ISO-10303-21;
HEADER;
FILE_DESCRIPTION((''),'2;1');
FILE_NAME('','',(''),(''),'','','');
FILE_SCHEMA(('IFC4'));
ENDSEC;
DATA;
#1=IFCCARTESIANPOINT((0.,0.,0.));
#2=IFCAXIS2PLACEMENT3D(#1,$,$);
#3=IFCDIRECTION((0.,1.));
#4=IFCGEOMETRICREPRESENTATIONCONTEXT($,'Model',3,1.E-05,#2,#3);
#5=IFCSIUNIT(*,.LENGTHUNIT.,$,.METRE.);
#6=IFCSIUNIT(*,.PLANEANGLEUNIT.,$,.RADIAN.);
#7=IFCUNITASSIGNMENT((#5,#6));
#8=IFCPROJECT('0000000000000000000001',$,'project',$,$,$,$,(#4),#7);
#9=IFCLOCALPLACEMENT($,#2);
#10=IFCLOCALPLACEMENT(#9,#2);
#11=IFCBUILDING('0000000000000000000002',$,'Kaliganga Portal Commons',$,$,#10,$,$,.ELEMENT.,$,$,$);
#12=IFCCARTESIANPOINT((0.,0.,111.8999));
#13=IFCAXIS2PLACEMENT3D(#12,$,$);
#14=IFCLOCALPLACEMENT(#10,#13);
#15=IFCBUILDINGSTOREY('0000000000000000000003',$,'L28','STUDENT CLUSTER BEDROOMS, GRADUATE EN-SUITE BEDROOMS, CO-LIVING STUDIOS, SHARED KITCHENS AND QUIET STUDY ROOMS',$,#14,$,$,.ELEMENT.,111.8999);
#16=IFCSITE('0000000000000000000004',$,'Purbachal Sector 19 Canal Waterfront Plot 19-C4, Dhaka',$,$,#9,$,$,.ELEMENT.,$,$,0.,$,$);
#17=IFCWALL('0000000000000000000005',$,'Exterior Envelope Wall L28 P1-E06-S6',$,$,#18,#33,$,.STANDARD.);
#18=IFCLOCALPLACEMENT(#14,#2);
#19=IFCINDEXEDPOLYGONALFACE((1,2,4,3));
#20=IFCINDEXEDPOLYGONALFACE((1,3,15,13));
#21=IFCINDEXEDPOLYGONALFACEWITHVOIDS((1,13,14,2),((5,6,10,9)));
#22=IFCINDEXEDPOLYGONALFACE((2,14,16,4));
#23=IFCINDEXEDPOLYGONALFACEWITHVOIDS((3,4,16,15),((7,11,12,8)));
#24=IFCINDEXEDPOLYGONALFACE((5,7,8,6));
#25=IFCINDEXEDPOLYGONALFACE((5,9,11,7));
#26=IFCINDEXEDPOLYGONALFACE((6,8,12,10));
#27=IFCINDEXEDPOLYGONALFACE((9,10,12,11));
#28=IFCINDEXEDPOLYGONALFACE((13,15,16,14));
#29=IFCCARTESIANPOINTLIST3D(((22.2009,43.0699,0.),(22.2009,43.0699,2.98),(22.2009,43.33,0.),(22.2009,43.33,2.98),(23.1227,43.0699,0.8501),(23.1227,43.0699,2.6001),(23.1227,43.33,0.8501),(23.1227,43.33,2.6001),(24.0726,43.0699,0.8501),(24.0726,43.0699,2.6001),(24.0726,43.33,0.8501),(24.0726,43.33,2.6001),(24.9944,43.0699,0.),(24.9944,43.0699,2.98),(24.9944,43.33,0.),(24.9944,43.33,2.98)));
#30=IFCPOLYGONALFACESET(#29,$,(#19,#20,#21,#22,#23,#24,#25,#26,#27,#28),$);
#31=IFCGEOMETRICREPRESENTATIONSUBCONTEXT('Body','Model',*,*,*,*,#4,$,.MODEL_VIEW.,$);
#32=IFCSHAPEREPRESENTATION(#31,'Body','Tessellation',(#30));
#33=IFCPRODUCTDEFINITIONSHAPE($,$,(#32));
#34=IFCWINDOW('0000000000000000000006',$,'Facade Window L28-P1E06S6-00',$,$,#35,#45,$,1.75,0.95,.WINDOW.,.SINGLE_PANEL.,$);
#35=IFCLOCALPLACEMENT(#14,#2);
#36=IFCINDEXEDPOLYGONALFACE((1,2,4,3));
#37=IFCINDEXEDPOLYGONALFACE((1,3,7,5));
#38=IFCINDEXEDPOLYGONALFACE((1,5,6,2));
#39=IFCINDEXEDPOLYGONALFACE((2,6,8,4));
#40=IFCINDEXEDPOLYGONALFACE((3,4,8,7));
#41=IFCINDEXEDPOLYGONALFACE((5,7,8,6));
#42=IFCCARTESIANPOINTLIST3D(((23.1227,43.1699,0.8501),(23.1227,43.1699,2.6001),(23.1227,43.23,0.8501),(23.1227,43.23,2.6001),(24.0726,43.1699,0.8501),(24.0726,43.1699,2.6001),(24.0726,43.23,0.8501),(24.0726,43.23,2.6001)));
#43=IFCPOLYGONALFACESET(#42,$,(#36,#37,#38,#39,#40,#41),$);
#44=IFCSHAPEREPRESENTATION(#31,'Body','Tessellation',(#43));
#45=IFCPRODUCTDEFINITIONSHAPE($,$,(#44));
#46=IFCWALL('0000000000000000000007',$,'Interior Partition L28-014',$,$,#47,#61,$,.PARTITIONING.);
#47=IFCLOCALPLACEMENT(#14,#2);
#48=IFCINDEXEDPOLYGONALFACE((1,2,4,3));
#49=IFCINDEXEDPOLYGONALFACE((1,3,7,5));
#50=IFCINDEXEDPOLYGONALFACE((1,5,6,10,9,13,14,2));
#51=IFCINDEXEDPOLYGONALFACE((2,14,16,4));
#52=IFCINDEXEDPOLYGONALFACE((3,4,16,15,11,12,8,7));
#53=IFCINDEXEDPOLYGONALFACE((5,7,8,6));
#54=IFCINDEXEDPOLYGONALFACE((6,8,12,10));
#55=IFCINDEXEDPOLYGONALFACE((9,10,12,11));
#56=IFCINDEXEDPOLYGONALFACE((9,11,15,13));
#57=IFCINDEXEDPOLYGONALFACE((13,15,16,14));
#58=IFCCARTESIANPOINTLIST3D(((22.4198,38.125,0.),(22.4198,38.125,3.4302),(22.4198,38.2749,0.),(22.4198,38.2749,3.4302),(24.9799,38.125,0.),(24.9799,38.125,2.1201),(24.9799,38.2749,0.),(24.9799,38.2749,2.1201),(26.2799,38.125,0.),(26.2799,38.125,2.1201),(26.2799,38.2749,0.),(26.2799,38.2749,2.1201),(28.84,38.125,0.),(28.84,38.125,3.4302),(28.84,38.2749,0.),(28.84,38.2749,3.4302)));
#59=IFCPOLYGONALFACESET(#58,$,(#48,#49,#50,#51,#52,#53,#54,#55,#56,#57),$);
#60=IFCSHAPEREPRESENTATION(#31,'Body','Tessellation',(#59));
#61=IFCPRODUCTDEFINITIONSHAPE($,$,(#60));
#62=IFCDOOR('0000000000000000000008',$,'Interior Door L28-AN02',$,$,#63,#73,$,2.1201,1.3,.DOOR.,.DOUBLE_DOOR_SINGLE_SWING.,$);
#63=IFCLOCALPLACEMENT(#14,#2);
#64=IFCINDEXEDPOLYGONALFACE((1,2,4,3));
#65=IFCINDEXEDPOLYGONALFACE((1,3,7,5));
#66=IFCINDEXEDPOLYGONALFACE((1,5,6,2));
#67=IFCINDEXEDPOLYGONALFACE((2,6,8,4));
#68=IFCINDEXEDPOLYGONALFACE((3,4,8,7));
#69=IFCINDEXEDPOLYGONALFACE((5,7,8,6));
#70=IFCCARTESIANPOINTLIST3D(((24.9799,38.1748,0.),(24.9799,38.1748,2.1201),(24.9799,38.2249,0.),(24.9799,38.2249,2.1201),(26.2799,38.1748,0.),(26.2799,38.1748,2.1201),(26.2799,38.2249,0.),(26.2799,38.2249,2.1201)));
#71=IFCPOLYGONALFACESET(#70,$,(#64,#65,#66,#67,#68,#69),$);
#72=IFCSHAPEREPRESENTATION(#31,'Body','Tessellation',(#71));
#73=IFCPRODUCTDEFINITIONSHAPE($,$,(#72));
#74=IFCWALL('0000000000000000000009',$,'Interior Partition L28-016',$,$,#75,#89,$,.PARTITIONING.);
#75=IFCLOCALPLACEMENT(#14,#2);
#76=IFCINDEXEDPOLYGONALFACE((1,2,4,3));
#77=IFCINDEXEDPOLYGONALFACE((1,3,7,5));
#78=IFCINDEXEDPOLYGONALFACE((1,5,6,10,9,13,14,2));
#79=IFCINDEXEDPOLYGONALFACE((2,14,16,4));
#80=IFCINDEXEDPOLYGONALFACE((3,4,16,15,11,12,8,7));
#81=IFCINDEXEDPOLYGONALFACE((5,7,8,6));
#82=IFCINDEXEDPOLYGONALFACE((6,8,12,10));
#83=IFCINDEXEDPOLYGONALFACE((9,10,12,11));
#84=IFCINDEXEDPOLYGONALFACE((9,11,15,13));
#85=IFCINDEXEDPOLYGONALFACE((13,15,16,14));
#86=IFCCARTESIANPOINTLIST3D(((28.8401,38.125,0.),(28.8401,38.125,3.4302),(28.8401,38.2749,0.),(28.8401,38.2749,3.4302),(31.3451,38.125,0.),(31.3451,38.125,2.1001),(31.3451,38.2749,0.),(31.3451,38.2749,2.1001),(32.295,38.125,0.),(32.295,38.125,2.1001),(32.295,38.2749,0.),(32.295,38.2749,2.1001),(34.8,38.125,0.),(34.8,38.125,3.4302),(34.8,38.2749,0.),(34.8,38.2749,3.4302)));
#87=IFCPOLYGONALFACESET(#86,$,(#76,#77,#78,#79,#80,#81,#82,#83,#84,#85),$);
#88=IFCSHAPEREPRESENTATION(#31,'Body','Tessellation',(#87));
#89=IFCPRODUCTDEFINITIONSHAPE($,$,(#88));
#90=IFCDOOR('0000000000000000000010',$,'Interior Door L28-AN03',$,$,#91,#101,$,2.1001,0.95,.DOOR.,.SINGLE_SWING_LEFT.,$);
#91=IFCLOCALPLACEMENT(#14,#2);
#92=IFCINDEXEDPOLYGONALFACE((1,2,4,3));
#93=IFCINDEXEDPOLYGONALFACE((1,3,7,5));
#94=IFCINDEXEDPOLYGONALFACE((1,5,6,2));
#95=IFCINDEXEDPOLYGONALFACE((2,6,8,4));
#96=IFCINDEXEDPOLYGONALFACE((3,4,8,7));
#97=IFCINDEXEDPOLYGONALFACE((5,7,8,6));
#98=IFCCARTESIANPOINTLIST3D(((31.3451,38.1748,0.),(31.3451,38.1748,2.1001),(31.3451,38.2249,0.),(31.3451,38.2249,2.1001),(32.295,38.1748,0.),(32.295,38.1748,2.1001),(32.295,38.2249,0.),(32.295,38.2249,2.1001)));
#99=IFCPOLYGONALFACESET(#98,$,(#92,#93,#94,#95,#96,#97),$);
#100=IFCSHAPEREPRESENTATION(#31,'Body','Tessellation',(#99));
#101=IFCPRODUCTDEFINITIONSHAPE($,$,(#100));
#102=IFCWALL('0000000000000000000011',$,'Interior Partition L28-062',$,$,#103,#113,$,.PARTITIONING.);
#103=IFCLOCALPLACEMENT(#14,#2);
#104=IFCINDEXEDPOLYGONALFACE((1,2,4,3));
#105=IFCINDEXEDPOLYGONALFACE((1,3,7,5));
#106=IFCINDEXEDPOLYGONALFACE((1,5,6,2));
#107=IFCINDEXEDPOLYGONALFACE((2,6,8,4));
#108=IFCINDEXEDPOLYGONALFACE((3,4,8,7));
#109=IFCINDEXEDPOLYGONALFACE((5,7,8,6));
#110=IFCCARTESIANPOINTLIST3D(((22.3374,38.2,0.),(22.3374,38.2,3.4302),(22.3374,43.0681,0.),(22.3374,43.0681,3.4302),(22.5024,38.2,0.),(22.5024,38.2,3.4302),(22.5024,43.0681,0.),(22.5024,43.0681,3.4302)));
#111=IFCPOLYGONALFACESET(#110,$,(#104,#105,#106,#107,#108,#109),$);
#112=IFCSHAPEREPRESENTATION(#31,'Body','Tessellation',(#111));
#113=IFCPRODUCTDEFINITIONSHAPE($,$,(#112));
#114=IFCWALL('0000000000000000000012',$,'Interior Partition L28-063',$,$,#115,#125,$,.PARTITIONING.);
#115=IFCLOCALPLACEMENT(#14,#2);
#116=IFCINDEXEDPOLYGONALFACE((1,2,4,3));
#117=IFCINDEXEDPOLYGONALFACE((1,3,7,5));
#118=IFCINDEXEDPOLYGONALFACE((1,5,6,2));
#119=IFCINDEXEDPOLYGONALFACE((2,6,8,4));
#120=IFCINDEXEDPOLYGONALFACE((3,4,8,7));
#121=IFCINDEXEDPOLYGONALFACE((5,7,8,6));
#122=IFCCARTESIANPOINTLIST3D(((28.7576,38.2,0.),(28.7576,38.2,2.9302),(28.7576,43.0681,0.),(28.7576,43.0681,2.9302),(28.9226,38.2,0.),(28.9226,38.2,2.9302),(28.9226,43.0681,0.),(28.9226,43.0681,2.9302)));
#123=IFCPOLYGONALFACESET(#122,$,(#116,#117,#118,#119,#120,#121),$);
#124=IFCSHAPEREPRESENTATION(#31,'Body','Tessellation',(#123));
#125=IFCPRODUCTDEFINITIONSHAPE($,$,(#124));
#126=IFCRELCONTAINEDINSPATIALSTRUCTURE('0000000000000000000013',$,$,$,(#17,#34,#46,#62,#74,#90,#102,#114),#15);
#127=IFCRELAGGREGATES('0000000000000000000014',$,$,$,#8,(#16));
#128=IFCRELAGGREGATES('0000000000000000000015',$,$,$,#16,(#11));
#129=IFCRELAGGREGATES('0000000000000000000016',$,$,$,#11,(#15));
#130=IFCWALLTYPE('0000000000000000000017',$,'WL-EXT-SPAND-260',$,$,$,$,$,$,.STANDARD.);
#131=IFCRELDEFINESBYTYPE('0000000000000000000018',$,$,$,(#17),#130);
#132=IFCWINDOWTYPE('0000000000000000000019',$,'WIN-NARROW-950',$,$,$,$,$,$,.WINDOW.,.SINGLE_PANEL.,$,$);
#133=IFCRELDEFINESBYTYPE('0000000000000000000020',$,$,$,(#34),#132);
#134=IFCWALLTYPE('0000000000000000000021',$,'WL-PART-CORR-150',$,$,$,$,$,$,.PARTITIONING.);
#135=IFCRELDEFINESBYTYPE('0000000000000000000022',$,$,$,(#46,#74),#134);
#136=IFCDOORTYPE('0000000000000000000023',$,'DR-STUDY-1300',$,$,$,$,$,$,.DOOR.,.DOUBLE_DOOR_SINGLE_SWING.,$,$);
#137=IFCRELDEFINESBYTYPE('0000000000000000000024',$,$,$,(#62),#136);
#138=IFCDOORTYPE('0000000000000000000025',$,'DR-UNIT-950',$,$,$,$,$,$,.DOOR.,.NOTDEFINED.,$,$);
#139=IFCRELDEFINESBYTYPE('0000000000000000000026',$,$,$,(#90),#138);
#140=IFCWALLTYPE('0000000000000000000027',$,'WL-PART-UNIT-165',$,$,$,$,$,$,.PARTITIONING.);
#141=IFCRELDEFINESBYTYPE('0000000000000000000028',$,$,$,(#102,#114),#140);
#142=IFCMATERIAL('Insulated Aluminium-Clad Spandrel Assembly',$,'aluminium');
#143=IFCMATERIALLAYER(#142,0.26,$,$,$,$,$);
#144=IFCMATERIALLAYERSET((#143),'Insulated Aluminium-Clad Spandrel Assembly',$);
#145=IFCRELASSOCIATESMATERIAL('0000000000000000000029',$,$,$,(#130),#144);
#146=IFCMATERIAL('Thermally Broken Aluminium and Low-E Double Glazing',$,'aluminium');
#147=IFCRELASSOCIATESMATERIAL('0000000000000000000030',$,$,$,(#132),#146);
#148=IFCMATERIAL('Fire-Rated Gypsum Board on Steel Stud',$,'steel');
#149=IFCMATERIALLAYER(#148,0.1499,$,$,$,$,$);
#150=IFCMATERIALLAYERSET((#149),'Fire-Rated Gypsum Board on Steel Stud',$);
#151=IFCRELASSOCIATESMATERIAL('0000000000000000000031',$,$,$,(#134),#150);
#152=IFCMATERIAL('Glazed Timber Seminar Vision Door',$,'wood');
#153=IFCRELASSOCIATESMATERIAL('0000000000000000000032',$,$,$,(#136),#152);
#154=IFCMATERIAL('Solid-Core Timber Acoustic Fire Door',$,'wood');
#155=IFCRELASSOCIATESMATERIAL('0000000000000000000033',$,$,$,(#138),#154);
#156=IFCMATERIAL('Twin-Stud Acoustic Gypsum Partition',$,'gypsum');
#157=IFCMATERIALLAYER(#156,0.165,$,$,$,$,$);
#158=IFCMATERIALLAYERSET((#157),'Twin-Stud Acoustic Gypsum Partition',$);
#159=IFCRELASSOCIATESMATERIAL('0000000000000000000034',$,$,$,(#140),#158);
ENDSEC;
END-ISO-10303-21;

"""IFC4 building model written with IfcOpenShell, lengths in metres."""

from ifc_helpers import new_model, si_unit, direction, frame, frame_2d, origin, place, context, subcontext, project, spatial, rectangle, extrude, material, layer, layer_set, type_object, element, fill, save


model = new_model("IFC4")

# Units and contexts
model_context = context("Model", 3, precision=1e-05, world=origin(), true_north=direction((0.0, 1.0)))
body_context = subcontext(model_context, "Body", "Model", "MODEL_VIEW")
ifc_project = project(units=[si_unit("LENGTHUNIT", "METRE"), si_unit("PLANEANGLEUNIT", "RADIAN")], contexts=[model_context])

# Site, building, storey
site_placement = place(None, origin())
site = spatial("IfcSite", under=ifc_project, at=site_placement, Name="Purbachal Sector 19 Canal Waterfront Plot 19-C4, Dhaka", CompositionType="ELEMENT", RefElevation=0.0)
building_placement = place(site_placement, origin())
building = spatial("IfcBuilding", under=site, at=building_placement, Name="Kaliganga Portal Commons", CompositionType="ELEMENT")
storey_placement = place(building_placement, frame((0.0, 0.0, 111.8999)))
storey = spatial("IfcBuildingStorey", under=building, at=storey_placement, Name="L28", Description="STUDENT CLUSTER BEDROOMS, GRADUATE EN-SUITE BEDROOMS, CO-LIVING STUDIOS, SHARED KITCHENS AND QUIET STUDY ROOMS", CompositionType="ELEMENT", Elevation=111.8999)

# Wall, opening, window
ifc_material_1 = material(Name="Insulated Aluminium-Clad Spandrel Assembly", Category="aluminium")
ifc_layer_1 = layer(ifc_material_1, 0.26)
ifc_layer_set_1 = layer_set([ifc_layer_1], Name="Insulated Aluminium-Clad Spandrel Assembly")
wall_type_1 = type_object("IfcWallType", Name="WL-EXT-SPAND-260", PredefinedType="STANDARD", material=ifc_layer_set_1)
ifc_material_2 = material(Name="Thermally Broken Aluminium and Low-E Double Glazing", Category="aluminium")
window_type = type_object("IfcWindowType", Name="WIN-NARROW-950", PartitioningType="SINGLE_PANEL", PredefinedType="WINDOW", material=ifc_material_2)
wall_1_placement = place(storey_placement, frame((22.2009, 43.2, 0.0), z_axis=(0.0, 0.0, 1.0), x_axis=(1.0, 0.0, 0.0)))
wall_1 = element("IfcWall", 1, at=wall_1_placement, inside=storey, type_object=wall_type_1, Name="Exterior Envelope Wall L28 P1-E06-S6", PredefinedType="STANDARD", context=body_context, shape_type="SweptSolid", body=[
    extrude(rectangle(XDim=2.7935, YDim=0.26, at=frame_2d((1.3967, 0.0))), origin(), (0.0, 0.0, 1.0), 2.98),
])
opening_1_placement = place(wall_1_placement, frame((0.9216, 0.0, 0.8501)))
opening_1 = element("IfcOpeningElement", 2, at=opening_1_placement, cuts=wall_1, PredefinedType="OPENING", context=body_context, shape_type="SweptSolid", body=[
    extrude(rectangle(XDim=0.95, YDim=1.75, at=frame_2d((0.4751, 0.875))), frame((0.0, 0.1401, 0.0), z_axis=(0.0, -1.0, 0.0), x_axis=(1.0, 0.0, 0.0)), (0.0, 0.0, 1.0), 0.28),
])
window_1_placement = place(opening_1_placement, origin())
window_1 = element("IfcWindow", 3, at=window_1_placement, inside=storey, type_object=window_type, Name="Facade Window L28-P1E06S6-00", OverallHeight=1.75, OverallWidth=0.95, PartitioningType="SINGLE_PANEL", PredefinedType="WINDOW", context=body_context, shape_type="SweptSolid", body=[
    extrude(rectangle(XDim=0.95, YDim=1.75, at=frame_2d((0.4751, 0.875))), frame((0.0, 0.03, 0.0), z_axis=(0.0, -1.0, 0.0), x_axis=(1.0, 0.0, 0.0)), (0.0, 0.0, 1.0), 0.0601),
])
fill(opening_1, window_1)

# Walls, openings, doors
ifc_material_3 = material(Name="Fire-Rated Gypsum Board on Steel Stud", Category="steel")
ifc_layer_2 = layer(ifc_material_3, 0.1499)
ifc_layer_set_2 = layer_set([ifc_layer_2], Name="Fire-Rated Gypsum Board on Steel Stud")
wall_type_2 = type_object("IfcWallType", Name="WL-PART-CORR-150", PredefinedType="PARTITIONING", material=ifc_layer_set_2)
wall_2_placement = place(storey_placement, frame((22.4199, 38.2, 0.0), z_axis=(0.0, 0.0, 1.0), x_axis=(1.0, 0.0, 0.0)))
wall_2 = element("IfcWall", 4, at=wall_2_placement, inside=storey, type_object=wall_type_2, Name="Interior Partition L28-014", PredefinedType="PARTITIONING", context=body_context, shape_type="SweptSolid", body=[
    extrude(rectangle(XDim=6.4202, YDim=0.1499, at=frame_2d((3.21, 0.0))), origin(), (0.0, 0.0, 1.0), 3.4302),
])
opening_2_placement = place(wall_2_placement, frame((2.5601, 0.0, 0.0)))
opening_2 = element("IfcOpeningElement", 5, at=opening_2_placement, cuts=wall_2, PredefinedType="OPENING", context=body_context, shape_type="SweptSolid", body=[
    extrude(rectangle(XDim=1.3, YDim=2.1201, at=frame_2d((0.6499, 1.0601))), frame((0.0, 0.085, 0.0), z_axis=(0.0, -1.0, 0.0), x_axis=(1.0, 0.0, 0.0)), (0.0, 0.0, 1.0), 0.1699),
])
ifc_material_4 = material(Name="Glazed Timber Seminar Vision Door", Category="wood")
door_type_1 = type_object("IfcDoorType", Name="DR-STUDY-1300", OperationType="DOUBLE_DOOR_SINGLE_SWING", PredefinedType="DOOR", material=ifc_material_4)
door_1_placement = place(opening_2_placement, origin())
door_1 = element("IfcDoor", 6, at=door_1_placement, inside=storey, type_object=door_type_1, Name="Interior Door L28-AN02", OperationType="DOUBLE_DOOR_SINGLE_SWING", OverallHeight=2.1201, OverallWidth=1.3, PredefinedType="DOOR", context=body_context, shape_type="SweptSolid", body=[
    extrude(rectangle(XDim=1.3, YDim=2.1201, at=frame_2d((0.6499, 1.0601))), frame((0.0, 0.0249, 0.0), z_axis=(0.0, -1.0, 0.0), x_axis=(1.0, 0.0, 0.0)), (0.0, 0.0, 1.0), 0.05),
])
fill(opening_2, door_1)
wall_3_placement = place(storey_placement, frame((28.8401, 38.2, 0.0), z_axis=(0.0, 0.0, 1.0), x_axis=(1.0, 0.0, 0.0)))
wall_3 = element("IfcWall", 7, at=wall_3_placement, inside=storey, type_object=wall_type_2, Name="Interior Partition L28-016", PredefinedType="PARTITIONING", context=body_context, shape_type="SweptSolid", body=[
    extrude(rectangle(XDim=5.96, YDim=0.1499, at=frame_2d((2.98, 0.0))), origin(), (0.0, 0.0, 1.0), 3.4302),
])
opening_3_placement = place(wall_3_placement, frame((2.5049, 0.0, 0.0)))
opening_3 = element("IfcOpeningElement", 8, at=opening_3_placement, cuts=wall_3, PredefinedType="OPENING", context=body_context, shape_type="SweptSolid", body=[
    extrude(rectangle(XDim=0.95, YDim=2.1001, at=frame_2d((0.4751, 1.05))), frame((0.0, 0.085, 0.0), z_axis=(0.0, -1.0, 0.0), x_axis=(1.0, 0.0, 0.0)), (0.0, 0.0, 1.0), 0.1699),
])
ifc_material_5 = material(Name="Solid-Core Timber Acoustic Fire Door", Category="wood")
door_type_2 = type_object("IfcDoorType", Name="DR-UNIT-950", OperationType="NOTDEFINED", PredefinedType="DOOR", material=ifc_material_5)
door_2_placement = place(opening_3_placement, origin())
door_2 = element("IfcDoor", 9, at=door_2_placement, inside=storey, type_object=door_type_2, Name="Interior Door L28-AN03", OperationType="SINGLE_SWING_LEFT", OverallHeight=2.1001, OverallWidth=0.95, PredefinedType="DOOR", context=body_context, shape_type="SweptSolid", body=[
    extrude(rectangle(XDim=0.95, YDim=2.1001, at=frame_2d((0.4751, 1.05))), frame((0.0, 0.0249, 0.0), z_axis=(0.0, -1.0, 0.0), x_axis=(1.0, 0.0, 0.0)), (0.0, 0.0, 1.0), 0.05),
])
fill(opening_3, door_2)

# Walls
ifc_material_6 = material(Name="Twin-Stud Acoustic Gypsum Partition", Category="gypsum")
ifc_layer_3 = layer(ifc_material_6, 0.165)
ifc_layer_set_3 = layer_set([ifc_layer_3], Name="Twin-Stud Acoustic Gypsum Partition")
wall_type_3 = type_object("IfcWallType", Name="WL-PART-UNIT-165", PredefinedType="PARTITIONING", material=ifc_layer_set_3)
wall_4_placement = place(storey_placement, frame((22.4199, 38.2, 0.0), z_axis=(0.0, 0.0, 1.0), x_axis=(0.0, 1.0, 0.0)))
element("IfcWall", 10, at=wall_4_placement, inside=storey, type_object=wall_type_3, Name="Interior Partition L28-062", PredefinedType="PARTITIONING", context=body_context, shape_type="SweptSolid", body=[
    extrude(rectangle(XDim=4.8682, YDim=0.165, at=frame_2d((2.4341, 0.0))), origin(), (0.0, 0.0, 1.0), 3.4302),
])
wall_5_placement = place(storey_placement, frame((28.8401, 38.2, 0.0), z_axis=(0.0, 0.0, 1.0), x_axis=(0.0, 1.0, 0.0)))
element("IfcWall", 11, at=wall_5_placement, inside=storey, type_object=wall_type_3, Name="Interior Partition L28-063", PredefinedType="PARTITIONING", context=body_context, shape_type="SweptSolid", body=[
    extrude(rectangle(XDim=4.8682, YDim=0.165, at=frame_2d((2.4341, 0.0))), origin(), (0.0, 0.0, 1.0), 2.9302),
])

save(model, "model.ifc")
